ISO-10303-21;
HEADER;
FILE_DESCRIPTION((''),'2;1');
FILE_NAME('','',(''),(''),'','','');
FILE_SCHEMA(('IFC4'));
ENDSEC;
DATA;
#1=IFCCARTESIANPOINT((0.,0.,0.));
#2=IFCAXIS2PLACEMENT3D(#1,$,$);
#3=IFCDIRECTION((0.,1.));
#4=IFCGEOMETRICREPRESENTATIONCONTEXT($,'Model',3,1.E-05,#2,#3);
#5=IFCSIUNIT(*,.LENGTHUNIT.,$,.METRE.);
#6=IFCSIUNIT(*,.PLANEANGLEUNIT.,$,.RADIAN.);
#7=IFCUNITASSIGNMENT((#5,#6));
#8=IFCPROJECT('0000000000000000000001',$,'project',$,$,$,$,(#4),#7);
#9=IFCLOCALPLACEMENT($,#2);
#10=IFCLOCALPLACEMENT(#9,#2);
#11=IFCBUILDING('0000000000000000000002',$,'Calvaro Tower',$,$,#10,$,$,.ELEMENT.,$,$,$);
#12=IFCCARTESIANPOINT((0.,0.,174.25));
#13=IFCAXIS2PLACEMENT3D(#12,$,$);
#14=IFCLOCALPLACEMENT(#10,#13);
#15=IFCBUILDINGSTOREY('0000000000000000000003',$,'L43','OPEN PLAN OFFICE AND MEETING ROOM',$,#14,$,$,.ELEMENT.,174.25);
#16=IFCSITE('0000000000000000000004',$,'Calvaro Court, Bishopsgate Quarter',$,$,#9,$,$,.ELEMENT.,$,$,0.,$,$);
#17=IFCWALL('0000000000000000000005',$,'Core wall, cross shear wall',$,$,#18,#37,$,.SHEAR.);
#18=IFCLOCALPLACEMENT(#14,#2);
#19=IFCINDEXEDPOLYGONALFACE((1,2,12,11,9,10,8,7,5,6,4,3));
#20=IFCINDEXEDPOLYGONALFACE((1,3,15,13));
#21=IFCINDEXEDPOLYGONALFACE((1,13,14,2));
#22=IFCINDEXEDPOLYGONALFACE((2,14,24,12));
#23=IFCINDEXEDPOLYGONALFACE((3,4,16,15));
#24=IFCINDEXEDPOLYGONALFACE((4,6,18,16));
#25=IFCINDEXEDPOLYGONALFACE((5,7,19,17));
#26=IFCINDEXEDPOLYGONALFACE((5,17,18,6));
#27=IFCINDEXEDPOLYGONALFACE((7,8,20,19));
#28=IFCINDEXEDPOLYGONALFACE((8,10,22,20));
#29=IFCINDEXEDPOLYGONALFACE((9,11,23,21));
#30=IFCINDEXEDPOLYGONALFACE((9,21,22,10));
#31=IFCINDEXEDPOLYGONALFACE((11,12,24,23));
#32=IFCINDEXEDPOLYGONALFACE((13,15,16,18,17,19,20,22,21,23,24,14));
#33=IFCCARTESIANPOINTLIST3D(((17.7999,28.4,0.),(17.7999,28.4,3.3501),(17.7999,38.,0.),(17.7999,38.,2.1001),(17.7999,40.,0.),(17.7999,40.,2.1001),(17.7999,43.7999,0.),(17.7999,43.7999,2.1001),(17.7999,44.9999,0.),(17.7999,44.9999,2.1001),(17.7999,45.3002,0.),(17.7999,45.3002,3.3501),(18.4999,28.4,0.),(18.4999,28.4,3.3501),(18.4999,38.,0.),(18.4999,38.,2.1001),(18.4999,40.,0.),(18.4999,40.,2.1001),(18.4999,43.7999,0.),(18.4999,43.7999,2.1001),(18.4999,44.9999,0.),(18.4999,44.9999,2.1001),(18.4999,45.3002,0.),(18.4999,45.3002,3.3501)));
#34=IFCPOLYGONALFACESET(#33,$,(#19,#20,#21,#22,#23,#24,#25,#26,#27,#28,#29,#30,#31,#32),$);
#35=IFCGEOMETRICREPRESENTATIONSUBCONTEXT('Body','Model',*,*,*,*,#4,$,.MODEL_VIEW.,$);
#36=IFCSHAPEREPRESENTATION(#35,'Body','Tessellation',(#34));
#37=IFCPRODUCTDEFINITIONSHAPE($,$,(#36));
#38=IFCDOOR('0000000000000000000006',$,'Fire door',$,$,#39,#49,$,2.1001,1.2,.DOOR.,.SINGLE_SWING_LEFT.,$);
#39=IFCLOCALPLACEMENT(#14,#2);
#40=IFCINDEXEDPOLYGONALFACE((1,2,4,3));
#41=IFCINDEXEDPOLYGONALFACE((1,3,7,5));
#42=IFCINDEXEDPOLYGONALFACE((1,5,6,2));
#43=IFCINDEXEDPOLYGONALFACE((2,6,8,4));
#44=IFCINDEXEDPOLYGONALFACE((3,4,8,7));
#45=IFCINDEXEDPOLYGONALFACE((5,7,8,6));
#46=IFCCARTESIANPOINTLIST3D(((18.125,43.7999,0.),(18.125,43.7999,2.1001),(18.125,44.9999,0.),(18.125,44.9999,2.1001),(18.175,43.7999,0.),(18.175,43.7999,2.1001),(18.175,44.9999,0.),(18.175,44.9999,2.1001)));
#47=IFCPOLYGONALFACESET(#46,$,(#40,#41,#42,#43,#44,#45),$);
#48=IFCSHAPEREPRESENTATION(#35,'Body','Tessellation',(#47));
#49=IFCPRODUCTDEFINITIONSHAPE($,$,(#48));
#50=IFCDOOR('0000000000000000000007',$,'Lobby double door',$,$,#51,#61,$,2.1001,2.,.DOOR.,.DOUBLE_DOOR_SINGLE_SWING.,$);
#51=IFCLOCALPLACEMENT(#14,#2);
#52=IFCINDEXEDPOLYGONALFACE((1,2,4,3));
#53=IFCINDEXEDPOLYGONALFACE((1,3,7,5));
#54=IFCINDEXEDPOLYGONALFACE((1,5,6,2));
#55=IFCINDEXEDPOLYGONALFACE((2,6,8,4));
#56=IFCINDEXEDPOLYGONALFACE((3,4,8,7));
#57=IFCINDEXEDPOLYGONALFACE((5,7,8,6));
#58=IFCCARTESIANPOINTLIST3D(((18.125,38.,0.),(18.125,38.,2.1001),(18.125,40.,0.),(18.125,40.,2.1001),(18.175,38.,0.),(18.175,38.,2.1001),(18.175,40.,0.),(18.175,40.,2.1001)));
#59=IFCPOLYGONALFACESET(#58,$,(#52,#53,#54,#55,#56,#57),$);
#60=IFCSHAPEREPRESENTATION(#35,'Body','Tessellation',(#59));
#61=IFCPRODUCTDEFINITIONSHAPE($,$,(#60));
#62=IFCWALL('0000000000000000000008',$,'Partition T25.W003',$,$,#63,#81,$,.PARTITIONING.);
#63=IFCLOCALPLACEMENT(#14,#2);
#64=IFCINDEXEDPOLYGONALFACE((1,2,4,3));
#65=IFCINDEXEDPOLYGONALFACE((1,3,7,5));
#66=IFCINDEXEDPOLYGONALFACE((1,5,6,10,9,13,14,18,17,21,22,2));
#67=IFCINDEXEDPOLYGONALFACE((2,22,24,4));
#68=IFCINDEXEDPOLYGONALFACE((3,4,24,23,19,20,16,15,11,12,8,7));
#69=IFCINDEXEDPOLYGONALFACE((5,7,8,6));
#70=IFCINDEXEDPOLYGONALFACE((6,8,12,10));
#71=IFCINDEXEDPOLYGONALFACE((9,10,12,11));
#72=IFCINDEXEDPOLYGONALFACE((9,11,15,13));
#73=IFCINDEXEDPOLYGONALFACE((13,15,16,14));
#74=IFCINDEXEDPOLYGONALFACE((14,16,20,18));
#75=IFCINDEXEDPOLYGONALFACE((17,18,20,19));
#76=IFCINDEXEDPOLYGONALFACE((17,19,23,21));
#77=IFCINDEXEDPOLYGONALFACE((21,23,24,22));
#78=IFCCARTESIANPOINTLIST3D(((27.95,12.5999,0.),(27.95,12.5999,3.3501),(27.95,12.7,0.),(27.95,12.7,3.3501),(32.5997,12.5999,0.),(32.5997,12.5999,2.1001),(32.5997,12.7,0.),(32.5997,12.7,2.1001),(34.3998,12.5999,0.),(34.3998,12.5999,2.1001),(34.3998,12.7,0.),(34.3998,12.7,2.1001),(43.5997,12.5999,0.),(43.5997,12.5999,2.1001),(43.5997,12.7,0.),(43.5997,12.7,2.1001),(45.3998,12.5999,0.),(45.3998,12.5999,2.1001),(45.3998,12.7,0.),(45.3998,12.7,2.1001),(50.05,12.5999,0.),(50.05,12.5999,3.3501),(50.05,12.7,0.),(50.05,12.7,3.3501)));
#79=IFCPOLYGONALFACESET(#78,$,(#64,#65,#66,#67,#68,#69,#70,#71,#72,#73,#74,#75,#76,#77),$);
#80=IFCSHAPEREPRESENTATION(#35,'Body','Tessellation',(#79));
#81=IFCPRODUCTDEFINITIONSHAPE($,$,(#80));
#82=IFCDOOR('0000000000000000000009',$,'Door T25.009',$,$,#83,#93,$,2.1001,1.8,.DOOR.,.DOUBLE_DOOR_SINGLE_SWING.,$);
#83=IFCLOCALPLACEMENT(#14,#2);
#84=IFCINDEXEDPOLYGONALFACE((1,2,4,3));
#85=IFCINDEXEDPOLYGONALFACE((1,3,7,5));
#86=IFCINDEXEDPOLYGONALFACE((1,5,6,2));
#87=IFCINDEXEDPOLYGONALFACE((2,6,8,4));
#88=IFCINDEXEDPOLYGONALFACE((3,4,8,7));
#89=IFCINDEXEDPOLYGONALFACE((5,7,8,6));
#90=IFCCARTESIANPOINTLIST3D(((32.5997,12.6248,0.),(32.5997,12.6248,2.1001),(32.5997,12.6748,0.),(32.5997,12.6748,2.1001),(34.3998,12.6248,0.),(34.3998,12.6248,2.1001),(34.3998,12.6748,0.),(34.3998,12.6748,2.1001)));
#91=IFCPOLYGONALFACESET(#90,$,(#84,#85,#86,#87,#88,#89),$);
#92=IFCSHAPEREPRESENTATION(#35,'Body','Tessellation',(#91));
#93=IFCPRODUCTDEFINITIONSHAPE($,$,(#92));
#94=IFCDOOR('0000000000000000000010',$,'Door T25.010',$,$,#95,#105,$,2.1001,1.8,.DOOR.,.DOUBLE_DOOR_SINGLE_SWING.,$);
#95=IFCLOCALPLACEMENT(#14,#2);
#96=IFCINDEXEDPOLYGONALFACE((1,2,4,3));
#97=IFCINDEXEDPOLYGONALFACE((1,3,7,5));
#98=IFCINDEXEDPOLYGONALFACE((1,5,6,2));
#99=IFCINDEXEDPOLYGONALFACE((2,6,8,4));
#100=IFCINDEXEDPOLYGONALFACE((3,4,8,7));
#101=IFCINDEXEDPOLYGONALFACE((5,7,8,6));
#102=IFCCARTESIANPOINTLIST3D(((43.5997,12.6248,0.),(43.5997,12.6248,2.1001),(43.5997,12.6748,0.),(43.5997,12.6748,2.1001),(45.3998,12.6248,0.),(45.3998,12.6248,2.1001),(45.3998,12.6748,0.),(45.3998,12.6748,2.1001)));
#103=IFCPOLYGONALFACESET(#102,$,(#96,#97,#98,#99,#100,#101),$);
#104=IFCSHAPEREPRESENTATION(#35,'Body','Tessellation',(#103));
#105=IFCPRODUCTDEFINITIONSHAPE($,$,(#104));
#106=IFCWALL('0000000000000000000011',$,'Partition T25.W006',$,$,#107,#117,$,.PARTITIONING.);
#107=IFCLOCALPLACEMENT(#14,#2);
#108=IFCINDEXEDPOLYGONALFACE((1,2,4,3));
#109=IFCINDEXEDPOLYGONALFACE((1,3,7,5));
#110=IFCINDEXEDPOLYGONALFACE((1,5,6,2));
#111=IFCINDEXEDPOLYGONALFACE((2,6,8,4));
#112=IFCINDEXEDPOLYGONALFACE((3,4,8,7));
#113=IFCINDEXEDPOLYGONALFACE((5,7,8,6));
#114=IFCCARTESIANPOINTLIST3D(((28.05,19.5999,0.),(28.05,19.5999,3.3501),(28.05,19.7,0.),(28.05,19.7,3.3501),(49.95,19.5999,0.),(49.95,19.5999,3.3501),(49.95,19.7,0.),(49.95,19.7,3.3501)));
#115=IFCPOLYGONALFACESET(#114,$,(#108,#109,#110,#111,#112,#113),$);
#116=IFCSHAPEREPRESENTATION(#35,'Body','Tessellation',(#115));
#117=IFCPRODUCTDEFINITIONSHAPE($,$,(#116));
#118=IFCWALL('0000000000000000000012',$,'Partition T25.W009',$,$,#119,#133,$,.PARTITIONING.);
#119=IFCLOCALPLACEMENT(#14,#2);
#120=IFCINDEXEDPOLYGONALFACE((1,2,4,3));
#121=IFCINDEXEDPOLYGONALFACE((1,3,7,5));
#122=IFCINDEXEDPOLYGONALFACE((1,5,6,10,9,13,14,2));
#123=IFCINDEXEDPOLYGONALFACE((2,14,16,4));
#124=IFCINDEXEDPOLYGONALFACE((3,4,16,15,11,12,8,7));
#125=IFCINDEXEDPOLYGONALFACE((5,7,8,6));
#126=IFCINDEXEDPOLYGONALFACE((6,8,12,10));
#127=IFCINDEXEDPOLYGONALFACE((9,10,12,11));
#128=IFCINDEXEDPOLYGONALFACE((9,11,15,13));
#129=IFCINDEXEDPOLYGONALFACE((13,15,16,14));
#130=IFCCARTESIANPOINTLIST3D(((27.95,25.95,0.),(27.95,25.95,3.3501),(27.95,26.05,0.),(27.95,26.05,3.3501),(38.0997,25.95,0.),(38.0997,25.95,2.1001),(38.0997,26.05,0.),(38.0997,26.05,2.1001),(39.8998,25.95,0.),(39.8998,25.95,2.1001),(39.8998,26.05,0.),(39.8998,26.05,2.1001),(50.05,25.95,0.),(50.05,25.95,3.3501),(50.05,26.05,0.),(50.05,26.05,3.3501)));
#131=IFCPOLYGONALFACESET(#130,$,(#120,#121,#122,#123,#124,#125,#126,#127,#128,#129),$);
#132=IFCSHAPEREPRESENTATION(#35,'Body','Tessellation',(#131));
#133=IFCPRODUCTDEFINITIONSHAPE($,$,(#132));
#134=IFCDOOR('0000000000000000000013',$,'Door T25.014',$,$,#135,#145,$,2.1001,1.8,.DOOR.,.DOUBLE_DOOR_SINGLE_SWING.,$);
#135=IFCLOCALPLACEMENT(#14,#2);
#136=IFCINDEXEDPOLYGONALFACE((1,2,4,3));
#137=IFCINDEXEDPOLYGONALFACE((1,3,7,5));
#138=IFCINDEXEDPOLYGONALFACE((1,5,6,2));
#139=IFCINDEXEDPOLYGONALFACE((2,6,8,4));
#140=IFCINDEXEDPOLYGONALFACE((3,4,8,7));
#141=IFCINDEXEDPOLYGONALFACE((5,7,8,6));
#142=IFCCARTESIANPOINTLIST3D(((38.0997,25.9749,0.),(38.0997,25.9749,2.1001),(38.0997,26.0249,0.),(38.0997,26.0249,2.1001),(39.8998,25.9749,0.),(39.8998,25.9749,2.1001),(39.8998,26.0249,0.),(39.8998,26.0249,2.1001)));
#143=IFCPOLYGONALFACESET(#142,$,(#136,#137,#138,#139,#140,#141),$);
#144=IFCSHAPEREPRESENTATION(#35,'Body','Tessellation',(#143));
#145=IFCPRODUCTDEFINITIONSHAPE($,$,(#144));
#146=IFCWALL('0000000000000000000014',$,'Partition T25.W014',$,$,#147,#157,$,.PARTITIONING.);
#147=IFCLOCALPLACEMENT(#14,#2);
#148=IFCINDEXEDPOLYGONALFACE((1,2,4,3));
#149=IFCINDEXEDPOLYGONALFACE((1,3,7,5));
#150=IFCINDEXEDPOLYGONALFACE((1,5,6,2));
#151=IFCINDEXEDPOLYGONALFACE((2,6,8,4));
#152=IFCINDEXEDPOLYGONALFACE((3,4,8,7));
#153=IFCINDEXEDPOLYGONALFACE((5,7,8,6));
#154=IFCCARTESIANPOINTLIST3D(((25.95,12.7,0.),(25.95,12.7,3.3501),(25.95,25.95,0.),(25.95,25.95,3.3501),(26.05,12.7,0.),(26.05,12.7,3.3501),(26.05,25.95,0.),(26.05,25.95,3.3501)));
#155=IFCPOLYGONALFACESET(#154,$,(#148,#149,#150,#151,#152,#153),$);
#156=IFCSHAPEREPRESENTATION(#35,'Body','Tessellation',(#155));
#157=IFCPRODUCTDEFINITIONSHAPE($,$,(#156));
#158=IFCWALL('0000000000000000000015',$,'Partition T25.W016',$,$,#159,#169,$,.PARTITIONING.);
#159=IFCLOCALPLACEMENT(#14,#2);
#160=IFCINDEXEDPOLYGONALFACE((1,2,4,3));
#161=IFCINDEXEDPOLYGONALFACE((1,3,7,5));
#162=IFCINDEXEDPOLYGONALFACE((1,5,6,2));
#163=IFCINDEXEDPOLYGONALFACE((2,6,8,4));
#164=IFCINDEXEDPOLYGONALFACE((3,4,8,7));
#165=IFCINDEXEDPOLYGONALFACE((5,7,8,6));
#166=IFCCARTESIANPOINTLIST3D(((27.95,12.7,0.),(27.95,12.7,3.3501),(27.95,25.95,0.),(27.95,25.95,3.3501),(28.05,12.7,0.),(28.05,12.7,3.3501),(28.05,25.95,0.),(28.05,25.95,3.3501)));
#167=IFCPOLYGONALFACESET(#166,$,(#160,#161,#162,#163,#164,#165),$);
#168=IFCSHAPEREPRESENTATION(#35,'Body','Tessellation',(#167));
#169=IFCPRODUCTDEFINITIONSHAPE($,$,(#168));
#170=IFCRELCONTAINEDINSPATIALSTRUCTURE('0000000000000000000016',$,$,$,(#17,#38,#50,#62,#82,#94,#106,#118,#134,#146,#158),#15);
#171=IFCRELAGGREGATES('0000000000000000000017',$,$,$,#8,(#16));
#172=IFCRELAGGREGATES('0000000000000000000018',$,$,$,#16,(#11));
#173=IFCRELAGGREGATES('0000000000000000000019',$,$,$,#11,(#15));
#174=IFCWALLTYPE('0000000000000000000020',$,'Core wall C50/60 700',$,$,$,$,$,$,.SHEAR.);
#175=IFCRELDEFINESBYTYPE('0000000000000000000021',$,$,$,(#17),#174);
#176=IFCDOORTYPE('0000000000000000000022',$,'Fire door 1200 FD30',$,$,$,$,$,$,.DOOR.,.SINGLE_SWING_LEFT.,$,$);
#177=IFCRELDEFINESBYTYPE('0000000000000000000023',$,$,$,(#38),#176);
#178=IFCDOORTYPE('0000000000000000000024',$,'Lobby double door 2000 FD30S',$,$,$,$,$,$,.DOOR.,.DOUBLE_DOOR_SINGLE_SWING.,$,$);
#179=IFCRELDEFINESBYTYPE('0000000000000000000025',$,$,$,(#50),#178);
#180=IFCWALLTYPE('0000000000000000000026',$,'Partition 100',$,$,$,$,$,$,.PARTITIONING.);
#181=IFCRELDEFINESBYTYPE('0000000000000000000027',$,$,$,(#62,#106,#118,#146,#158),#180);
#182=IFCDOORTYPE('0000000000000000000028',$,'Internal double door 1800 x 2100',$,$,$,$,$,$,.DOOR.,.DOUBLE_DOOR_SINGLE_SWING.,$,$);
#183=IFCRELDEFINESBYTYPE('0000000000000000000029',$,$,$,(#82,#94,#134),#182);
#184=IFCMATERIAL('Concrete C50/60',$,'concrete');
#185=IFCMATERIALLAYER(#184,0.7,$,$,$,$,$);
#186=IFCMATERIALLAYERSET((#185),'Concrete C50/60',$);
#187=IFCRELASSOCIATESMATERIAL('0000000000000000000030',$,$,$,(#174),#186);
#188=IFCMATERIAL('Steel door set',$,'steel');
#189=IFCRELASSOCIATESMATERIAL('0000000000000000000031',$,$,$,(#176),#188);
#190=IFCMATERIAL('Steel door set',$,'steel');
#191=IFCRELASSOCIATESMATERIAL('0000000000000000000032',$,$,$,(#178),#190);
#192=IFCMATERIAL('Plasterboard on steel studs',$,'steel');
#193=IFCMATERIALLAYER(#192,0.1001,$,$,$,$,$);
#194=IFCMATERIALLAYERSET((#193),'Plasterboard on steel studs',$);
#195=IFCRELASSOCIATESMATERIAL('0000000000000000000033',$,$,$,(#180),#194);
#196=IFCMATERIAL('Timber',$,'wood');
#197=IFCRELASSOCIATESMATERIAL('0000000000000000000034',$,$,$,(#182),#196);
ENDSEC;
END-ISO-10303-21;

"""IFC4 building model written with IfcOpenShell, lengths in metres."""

from ifc_helpers import new_model, si_unit, direction, frame, frame_2d, origin, place, context, subcontext, project, spatial, rectangle, extrude, material, layer, layer_set, type_object, element, fill, save


model = new_model("IFC4")

# Units and contexts
model_context = context("Model", 3, precision=1e-05, world=origin(), true_north=direction((0.0, 1.0)))
body_context = subcontext(model_context, "Body", "Model", "MODEL_VIEW")
ifc_project = project(units=[si_unit("LENGTHUNIT", "METRE"), si_unit("PLANEANGLEUNIT", "RADIAN")], contexts=[model_context])

# Site, building, storey
site_placement = place(None, origin())
site = spatial("IfcSite", under=ifc_project, at=site_placement, Name="Calvaro Court, Bishopsgate Quarter", CompositionType="ELEMENT", RefElevation=0.0)
building_placement = place(site_placement, origin())
building = spatial("IfcBuilding", under=site, at=building_placement, Name="Calvaro Tower", CompositionType="ELEMENT")
storey_placement = place(building_placement, frame((0.0, 0.0, 174.25)))
storey = spatial("IfcBuildingStorey", under=building, at=storey_placement, Name="L43", Description="OPEN PLAN OFFICE AND MEETING ROOM", CompositionType="ELEMENT", Elevation=174.25)

# Walls, openings, doors
ifc_material_1 = material(Name="Concrete C50/60", Category="concrete")
ifc_layer_1 = layer(ifc_material_1, 0.7)
ifc_layer_set_1 = layer_set([ifc_layer_1], Name="Concrete C50/60")
wall_type_1 = type_object("IfcWallType", Name="Core wall C50/60 700", PredefinedType="SHEAR", material=ifc_layer_set_1)
wall_1_placement = place(storey_placement, frame((18.1499, 28.3999, 0.0), z_axis=(0.0, 0.0, 1.0), x_axis=(0.0, 1.0, 0.0)))
wall_1 = element("IfcWall", 1, at=wall_1_placement, inside=storey, type_object=wall_type_1, Name="Core wall, cross shear wall", PredefinedType="SHEAR", context=body_context, shape_type="SweptSolid", body=[
    extrude(rectangle(XDim=16.9001, YDim=0.7, at=frame_2d((8.4502, 0.0))), origin(), (0.0, 0.0, 1.0), 3.3501),
])
opening_1_placement = place(wall_1_placement, frame((9.6001, 0.0, 0.0)))
opening_1 = element("IfcOpeningElement", 2, at=opening_1_placement, cuts=wall_1, PredefinedType="OPENING", context=body_context, shape_type="SweptSolid", body=[
    extrude(rectangle(XDim=2.0, YDim=2.1001, at=frame_2d((1.0, 1.05))), frame((0.0, 0.3599, 0.0), z_axis=(0.0, -1.0, 0.0), x_axis=(1.0, 0.0, 0.0)), (0.0, 0.0, 1.0), 0.72),
])
opening_2_placement = place(wall_1_placement, frame((15.3999, 0.0, 0.0)))
opening_2 = element("IfcOpeningElement", 3, at=opening_2_placement, cuts=wall_1, PredefinedType="OPENING", context=body_context, shape_type="SweptSolid", body=[
    extrude(rectangle(XDim=1.2, YDim=2.1001, at=frame_2d((0.6001, 1.05))), frame((0.0, 0.3599, 0.0), z_axis=(0.0, -1.0, 0.0), x_axis=(1.0, 0.0, 0.0)), (0.0, 0.0, 1.0), 0.72),
])
ifc_material_2 = material(Name="Steel door set", Category="steel")
door_type_1 = type_object("IfcDoorType", Name="Fire door 1200 FD30", OperationType="SINGLE_SWING_LEFT", PredefinedType="DOOR", material=ifc_material_2)
door_1_placement = place(opening_2_placement, origin())
door_1 = element("IfcDoor", 4, at=door_1_placement, inside=storey, type_object=door_type_1, Name="Fire door", OperationType="SINGLE_SWING_LEFT", OverallHeight=2.1001, OverallWidth=1.2, PredefinedType="DOOR", context=body_context, shape_type="SweptSolid", body=[
    extrude(rectangle(XDim=1.2, YDim=2.1001, at=frame_2d((0.6001, 1.05))), frame((0.0, 0.0249, 0.0), z_axis=(0.0, -1.0, 0.0), x_axis=(1.0, 0.0, 0.0)), (0.0, 0.0, 1.0), 0.05),
])
fill(opening_2, door_1)
ifc_material_3 = material(Name="Steel door set", Category="steel")
door_type_2 = type_object("IfcDoorType", Name="Lobby double door 2000 FD30S", OperationType="DOUBLE_DOOR_SINGLE_SWING", PredefinedType="DOOR", material=ifc_material_3)
door_2_placement = place(opening_1_placement, origin())
door_2 = element("IfcDoor", 5, at=door_2_placement, inside=storey, type_object=door_type_2, Name="Lobby double door", OperationType="DOUBLE_DOOR_SINGLE_SWING", OverallHeight=2.1001, OverallWidth=2.0, PredefinedType="DOOR", context=body_context, shape_type="SweptSolid", body=[
    extrude(rectangle(XDim=2.0, YDim=2.1001, at=frame_2d((1.0, 1.05))), frame((0.0, 0.0249, 0.0), z_axis=(0.0, -1.0, 0.0), x_axis=(1.0, 0.0, 0.0)), (0.0, 0.0, 1.0), 0.05),
])
fill(opening_1, door_2)
ifc_material_4 = material(Name="Plasterboard on steel studs", Category="steel")
ifc_layer_2 = layer(ifc_material_4, 0.1001)
ifc_layer_set_2 = layer_set([ifc_layer_2], Name="Plasterboard on steel studs")
wall_type_2 = type_object("IfcWallType", Name="Partition 100", PredefinedType="PARTITIONING", material=ifc_layer_set_2)
wall_2_placement = place(storey_placement, frame((27.95, 12.6499, 0.0), z_axis=(0.0, 0.0, 1.0), x_axis=(1.0, 0.0, 0.0)))
wall_2 = element("IfcWall", 6, at=wall_2_placement, inside=storey, type_object=wall_type_2, Name="Partition T25.W003", PredefinedType="PARTITIONING", context=body_context, shape_type="SweptSolid", body=[
    extrude(rectangle(XDim=22.1001, YDim=0.1001, at=frame_2d((11.05, 0.0))), origin(), (0.0, 0.0, 1.0), 3.3501),
])
opening_3_placement = place(wall_2_placement, frame((4.6499, 0.0, 0.0)))
opening_3 = element("IfcOpeningElement", 7, at=opening_3_placement, cuts=wall_2, PredefinedType="OPENING", context=body_context, shape_type="SweptSolid", body=[
    extrude(rectangle(XDim=1.8, YDim=2.1001, at=frame_2d((0.8999, 1.05))), frame((0.0, 0.0601, 0.0), z_axis=(0.0, -1.0, 0.0), x_axis=(1.0, 0.0, 0.0)), (0.0, 0.0, 1.0), 0.1201),
])
opening_4_placement = place(wall_2_placement, frame((15.6499, 0.0, 0.0)))
opening_4 = element("IfcOpeningElement", 8, at=opening_4_placement, cuts=wall_2, PredefinedType="OPENING", context=body_context, shape_type="SweptSolid", body=[
    extrude(rectangle(XDim=1.8, YDim=2.1001, at=frame_2d((0.8999, 1.05))), frame((0.0, 0.0601, 0.0), z_axis=(0.0, -1.0, 0.0), x_axis=(1.0, 0.0, 0.0)), (0.0, 0.0, 1.0), 0.1201),
])
ifc_material_5 = material(Name="Timber", Category="wood")
door_type_3 = type_object("IfcDoorType", Name="Internal double door 1800 x 2100", OperationType="DOUBLE_DOOR_SINGLE_SWING", PredefinedType="DOOR", material=ifc_material_5)
door_3_placement = place(opening_3_placement, origin())
door_3 = element("IfcDoor", 9, at=door_3_placement, inside=storey, type_object=door_type_3, Name="Door T25.009", OperationType="DOUBLE_DOOR_SINGLE_SWING", OverallHeight=2.1001, OverallWidth=1.8, PredefinedType="DOOR", context=body_context, shape_type="SweptSolid", body=[
    extrude(rectangle(XDim=1.8, YDim=2.1001, at=frame_2d((0.8999, 1.05))), frame((0.0, 0.0249, 0.0), z_axis=(0.0, -1.0, 0.0), x_axis=(1.0, 0.0, 0.0)), (0.0, 0.0, 1.0), 0.05),
])
fill(opening_3, door_3)
door_4_placement = place(opening_4_placement, origin())
door_4 = element("IfcDoor", 10, at=door_4_placement, inside=storey, type_object=door_type_3, Name="Door T25.010", OperationType="DOUBLE_DOOR_SINGLE_SWING", OverallHeight=2.1001, OverallWidth=1.8, PredefinedType="DOOR", context=body_context, shape_type="SweptSolid", body=[
    extrude(rectangle(XDim=1.8, YDim=2.1001, at=frame_2d((0.8999, 1.05))), frame((0.0, 0.0249, 0.0), z_axis=(0.0, -1.0, 0.0), x_axis=(1.0, 0.0, 0.0)), (0.0, 0.0, 1.0), 0.05),
])
fill(opening_4, door_4)

# Wall
wall_3_placement = place(storey_placement, frame((28.05, 19.6499, 0.0), z_axis=(0.0, 0.0, 1.0), x_axis=(1.0, 0.0, 0.0)))
element("IfcWall", 11, at=wall_3_placement, inside=storey, type_object=wall_type_2, Name="Partition T25.W006", PredefinedType="PARTITIONING", context=body_context, shape_type="SweptSolid", body=[
    extrude(rectangle(XDim=21.8999, YDim=0.1001, at=frame_2d((10.95, 0.0))), origin(), (0.0, 0.0, 1.0), 3.3501),
])

# Wall, opening, door
wall_4_placement = place(storey_placement, frame((27.95, 26.0, 0.0), z_axis=(0.0, 0.0, 1.0), x_axis=(1.0, 0.0, 0.0)))
wall_4 = element("IfcWall", 12, at=wall_4_placement, inside=storey, type_object=wall_type_2, Name="Partition T25.W009", PredefinedType="PARTITIONING", context=body_context, shape_type="SweptSolid", body=[
    extrude(rectangle(XDim=22.1001, YDim=0.1001, at=frame_2d((11.05, 0.0))), origin(), (0.0, 0.0, 1.0), 3.3501),
])
opening_5_placement = place(wall_4_placement, frame((10.1499, 0.0, 0.0)))
opening_5 = element("IfcOpeningElement", 13, at=opening_5_placement, cuts=wall_4, PredefinedType="OPENING", context=body_context, shape_type="SweptSolid", body=[
    extrude(rectangle(XDim=1.8, YDim=2.1001, at=frame_2d((0.8999, 1.05))), frame((0.0, 0.0601, 0.0), z_axis=(0.0, -1.0, 0.0), x_axis=(1.0, 0.0, 0.0)), (0.0, 0.0, 1.0), 0.1201),
])
door_5_placement = place(opening_5_placement, origin())
door_5 = element("IfcDoor", 14, at=door_5_placement, inside=storey, type_object=door_type_3, Name="Door T25.014", OperationType="DOUBLE_DOOR_SINGLE_SWING", OverallHeight=2.1001, OverallWidth=1.8, PredefinedType="DOOR", context=body_context, shape_type="SweptSolid", body=[
    extrude(rectangle(XDim=1.8, YDim=2.1001, at=frame_2d((0.8999, 1.05))), frame((0.0, 0.0249, 0.0), z_axis=(0.0, -1.0, 0.0), x_axis=(1.0, 0.0, 0.0)), (0.0, 0.0, 1.0), 0.05),
])
fill(opening_5, door_5)

# Walls
for number, where, z_axis, x_axis, name in (
    (15, (26.0, 12.7, 0.0), (0.0, 0.0, 1.0), (0.0, 1.0, 0.0), "Partition T25.W014"),
    (16, (28.0, 12.7, 0.0), (0.0, 0.0, 1.0), (0.0, 1.0, 0.0), "Partition T25.W016"),
):
    element("IfcWall", number, at=place(storey_placement, frame(where, z_axis=z_axis, x_axis=x_axis)), inside=storey, type_object=wall_type_2, Name=name, PredefinedType="PARTITIONING", context=body_context, shape_type="SweptSolid", body=[
        extrude(rectangle(XDim=13.25, YDim=0.1001, at=frame_2d((6.625, 0.0))), origin(), (0.0, 0.0, 1.0), 3.3501),
    ])

save(model, "model.ifc")
